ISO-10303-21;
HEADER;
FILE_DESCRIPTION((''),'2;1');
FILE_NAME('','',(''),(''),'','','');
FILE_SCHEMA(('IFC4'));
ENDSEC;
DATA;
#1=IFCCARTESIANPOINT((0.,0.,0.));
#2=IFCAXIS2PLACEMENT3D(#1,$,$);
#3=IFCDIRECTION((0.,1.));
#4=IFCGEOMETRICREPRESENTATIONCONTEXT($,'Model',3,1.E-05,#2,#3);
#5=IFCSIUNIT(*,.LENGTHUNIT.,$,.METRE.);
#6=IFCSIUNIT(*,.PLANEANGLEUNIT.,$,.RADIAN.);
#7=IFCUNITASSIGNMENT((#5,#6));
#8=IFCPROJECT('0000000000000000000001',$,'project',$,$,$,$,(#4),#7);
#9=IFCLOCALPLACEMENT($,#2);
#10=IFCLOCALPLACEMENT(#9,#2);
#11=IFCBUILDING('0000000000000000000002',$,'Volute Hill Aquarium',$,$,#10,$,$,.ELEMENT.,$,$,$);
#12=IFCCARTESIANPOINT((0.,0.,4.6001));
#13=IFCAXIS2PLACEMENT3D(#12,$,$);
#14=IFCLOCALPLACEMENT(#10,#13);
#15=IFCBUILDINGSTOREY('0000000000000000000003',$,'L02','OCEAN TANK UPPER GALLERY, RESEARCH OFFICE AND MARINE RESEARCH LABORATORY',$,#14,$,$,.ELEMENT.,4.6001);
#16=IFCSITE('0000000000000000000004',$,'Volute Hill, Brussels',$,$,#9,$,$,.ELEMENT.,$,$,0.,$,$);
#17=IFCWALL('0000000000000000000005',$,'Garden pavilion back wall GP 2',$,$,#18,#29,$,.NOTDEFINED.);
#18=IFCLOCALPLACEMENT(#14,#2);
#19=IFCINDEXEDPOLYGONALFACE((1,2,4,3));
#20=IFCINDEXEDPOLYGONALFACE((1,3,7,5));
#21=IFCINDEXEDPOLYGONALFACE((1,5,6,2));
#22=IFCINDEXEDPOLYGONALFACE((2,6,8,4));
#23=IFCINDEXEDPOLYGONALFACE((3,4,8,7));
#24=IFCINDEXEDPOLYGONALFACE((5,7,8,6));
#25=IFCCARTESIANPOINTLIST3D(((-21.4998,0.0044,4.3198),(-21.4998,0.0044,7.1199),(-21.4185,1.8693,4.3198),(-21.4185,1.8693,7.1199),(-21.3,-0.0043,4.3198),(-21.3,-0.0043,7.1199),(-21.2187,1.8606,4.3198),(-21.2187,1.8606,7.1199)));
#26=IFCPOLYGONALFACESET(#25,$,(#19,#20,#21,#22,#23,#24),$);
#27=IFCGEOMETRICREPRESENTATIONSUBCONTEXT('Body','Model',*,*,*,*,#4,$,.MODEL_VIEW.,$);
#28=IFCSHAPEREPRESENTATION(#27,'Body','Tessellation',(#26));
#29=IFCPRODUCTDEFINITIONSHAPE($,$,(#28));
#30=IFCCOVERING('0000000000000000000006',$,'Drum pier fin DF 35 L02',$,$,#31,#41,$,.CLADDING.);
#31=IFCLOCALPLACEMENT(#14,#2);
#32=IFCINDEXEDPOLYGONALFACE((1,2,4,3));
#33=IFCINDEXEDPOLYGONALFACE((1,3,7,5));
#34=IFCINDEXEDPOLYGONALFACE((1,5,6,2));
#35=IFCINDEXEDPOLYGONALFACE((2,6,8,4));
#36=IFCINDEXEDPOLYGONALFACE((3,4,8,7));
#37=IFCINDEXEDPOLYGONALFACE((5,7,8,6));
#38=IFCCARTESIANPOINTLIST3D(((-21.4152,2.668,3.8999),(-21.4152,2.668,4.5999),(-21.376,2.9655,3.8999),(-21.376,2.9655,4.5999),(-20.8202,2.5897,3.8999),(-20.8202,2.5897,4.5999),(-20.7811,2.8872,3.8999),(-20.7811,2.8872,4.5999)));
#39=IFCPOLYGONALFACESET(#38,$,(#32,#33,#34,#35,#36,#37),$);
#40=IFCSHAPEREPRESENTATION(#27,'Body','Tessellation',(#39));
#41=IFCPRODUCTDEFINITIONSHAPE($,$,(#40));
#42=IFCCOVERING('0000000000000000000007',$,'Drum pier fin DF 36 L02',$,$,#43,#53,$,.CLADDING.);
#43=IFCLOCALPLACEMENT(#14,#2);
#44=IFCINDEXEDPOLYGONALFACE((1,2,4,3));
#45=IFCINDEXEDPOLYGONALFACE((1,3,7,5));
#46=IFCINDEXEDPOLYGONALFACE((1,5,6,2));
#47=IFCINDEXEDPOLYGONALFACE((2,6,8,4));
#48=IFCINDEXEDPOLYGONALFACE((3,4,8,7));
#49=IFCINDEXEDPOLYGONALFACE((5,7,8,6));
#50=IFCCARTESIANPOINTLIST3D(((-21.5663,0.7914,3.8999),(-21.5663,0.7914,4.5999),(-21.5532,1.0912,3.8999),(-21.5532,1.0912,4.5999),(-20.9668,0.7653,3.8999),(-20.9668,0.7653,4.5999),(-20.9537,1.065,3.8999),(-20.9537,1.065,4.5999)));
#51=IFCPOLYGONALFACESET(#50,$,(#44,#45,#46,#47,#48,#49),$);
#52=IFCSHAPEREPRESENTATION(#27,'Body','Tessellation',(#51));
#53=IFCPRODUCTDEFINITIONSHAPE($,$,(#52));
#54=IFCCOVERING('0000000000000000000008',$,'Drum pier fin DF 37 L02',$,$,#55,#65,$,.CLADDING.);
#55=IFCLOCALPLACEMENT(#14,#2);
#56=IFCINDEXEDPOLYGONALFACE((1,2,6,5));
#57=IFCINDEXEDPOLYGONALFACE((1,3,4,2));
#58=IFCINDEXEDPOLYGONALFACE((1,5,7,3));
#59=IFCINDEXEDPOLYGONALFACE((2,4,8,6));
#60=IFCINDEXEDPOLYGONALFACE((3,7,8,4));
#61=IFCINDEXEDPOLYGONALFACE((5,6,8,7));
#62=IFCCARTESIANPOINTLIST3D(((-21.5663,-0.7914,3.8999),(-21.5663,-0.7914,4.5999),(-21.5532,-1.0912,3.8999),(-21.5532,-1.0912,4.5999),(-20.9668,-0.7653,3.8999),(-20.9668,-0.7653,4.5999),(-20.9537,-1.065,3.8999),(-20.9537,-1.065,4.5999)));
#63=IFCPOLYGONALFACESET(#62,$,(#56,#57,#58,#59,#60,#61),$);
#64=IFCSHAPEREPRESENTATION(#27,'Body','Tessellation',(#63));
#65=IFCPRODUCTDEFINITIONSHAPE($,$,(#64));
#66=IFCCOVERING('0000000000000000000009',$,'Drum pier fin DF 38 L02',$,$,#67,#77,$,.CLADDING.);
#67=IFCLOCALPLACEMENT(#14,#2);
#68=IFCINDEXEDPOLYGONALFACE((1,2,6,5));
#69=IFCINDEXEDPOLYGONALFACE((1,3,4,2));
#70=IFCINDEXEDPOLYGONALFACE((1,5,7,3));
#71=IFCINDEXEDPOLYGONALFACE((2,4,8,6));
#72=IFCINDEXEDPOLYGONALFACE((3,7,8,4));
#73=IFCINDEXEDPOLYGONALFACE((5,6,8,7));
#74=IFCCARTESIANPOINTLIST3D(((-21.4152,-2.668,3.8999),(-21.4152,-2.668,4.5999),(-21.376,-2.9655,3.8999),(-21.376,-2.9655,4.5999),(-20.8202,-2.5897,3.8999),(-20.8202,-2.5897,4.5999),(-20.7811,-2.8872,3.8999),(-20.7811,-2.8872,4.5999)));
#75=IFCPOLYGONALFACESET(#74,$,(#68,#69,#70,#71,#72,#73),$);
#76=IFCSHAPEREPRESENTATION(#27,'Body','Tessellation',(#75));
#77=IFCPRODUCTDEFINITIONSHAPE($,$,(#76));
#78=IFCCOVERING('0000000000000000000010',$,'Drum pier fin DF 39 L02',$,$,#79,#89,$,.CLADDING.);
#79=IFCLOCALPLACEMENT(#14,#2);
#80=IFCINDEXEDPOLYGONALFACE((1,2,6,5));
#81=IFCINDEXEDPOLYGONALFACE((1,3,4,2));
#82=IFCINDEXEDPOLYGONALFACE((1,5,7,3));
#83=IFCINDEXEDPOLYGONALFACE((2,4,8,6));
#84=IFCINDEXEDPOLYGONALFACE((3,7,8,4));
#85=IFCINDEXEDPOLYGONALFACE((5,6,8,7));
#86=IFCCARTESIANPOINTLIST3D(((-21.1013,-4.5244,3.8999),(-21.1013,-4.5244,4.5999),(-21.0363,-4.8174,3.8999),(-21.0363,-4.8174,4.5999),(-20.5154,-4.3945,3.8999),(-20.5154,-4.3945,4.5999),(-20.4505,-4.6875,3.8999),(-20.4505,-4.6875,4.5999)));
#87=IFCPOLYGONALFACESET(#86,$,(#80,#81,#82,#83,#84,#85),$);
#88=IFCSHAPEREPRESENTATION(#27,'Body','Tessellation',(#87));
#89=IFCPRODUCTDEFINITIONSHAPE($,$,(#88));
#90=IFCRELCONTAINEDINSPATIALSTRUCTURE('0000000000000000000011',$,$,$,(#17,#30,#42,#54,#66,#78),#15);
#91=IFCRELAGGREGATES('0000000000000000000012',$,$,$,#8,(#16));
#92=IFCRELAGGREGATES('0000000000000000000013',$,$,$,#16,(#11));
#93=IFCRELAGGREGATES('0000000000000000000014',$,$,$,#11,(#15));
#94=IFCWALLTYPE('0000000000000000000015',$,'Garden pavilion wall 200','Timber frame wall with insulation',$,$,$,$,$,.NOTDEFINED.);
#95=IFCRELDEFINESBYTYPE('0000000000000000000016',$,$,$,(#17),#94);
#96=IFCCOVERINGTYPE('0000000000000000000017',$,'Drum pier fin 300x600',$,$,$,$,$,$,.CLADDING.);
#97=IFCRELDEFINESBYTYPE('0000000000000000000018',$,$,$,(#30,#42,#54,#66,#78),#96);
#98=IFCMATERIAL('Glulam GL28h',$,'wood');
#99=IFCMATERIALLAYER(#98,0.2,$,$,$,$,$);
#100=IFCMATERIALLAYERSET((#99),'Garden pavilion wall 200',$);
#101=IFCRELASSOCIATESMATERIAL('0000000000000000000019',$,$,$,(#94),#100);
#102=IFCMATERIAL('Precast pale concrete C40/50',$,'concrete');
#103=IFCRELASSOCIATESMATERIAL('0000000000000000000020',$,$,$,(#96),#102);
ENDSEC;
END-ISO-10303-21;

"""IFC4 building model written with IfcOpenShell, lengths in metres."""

from ifc_helpers import new_model, si_unit, direction, frame, frame_2d, origin, origin_2d, place, context, subcontext, project, spatial, rectangle, extrude, material, layer, layer_set, type_object, element, save


model = new_model("IFC4")

# Units and contexts
model_context = context("Model", 3, precision=1e-05, world=origin(), true_north=direction((0.0, 1.0)))
body_context = subcontext(model_context, "Body", "Model", "MODEL_VIEW")
ifc_project = project(units=[si_unit("LENGTHUNIT", "METRE"), si_unit("PLANEANGLEUNIT", "RADIAN")], contexts=[model_context])

# Site, building, storey
site_placement = place(None, origin())
site = spatial("IfcSite", under=ifc_project, at=site_placement, Name="Volute Hill, Brussels", CompositionType="ELEMENT", RefElevation=0.0)
building_placement = place(site_placement, origin())
building = spatial("IfcBuilding", under=site, at=building_placement, Name="Volute Hill Aquarium", CompositionType="ELEMENT")
storey_placement = place(building_placement, frame((0.0, 0.0, 4.6001)))
storey = spatial("IfcBuildingStorey", under=building, at=storey_placement, Name="L02", Description="OCEAN TANK UPPER GALLERY, RESEARCH OFFICE AND MARINE RESEARCH LABORATORY", CompositionType="ELEMENT", Elevation=4.6001)

# Wall
ifc_material_1 = material(Name="Glulam GL28h", Category="wood")
ifc_layer_1 = layer(ifc_material_1, 0.2)
ifc_layer_set_1 = layer_set([ifc_layer_1], Name="Garden pavilion wall 200")
wall_type_1 = type_object("IfcWallType", Name="Garden pavilion wall 200", Description="Timber frame wall with insulation", PredefinedType="NOTDEFINED", material=ifc_layer_set_1)
wall_1_placement = place(storey_placement, frame((-21.3186, 1.865, 4.3198), z_axis=(0.0, 0.0, 1.0), x_axis=(-0.043551, -0.999051, 0.0)))
element("IfcWall", 1, at=wall_1_placement, inside=storey, type_object=wall_type_1, Name="Garden pavilion back wall GP 2", PredefinedType="NOTDEFINED", context=body_context, shape_type="SweptSolid", body=[
    extrude(rectangle(XDim=1.8667, YDim=0.2, at=frame_2d((0.9333, 0.0))), origin(), (0.0, 0.0, 1.0), 2.8),
])

# Coverings
ifc_material_2 = material(Name="Precast pale concrete C40/50", Category="concrete")
covering_type = type_object("IfcCoveringType", Name="Drum pier fin 300x600", PredefinedType="CLADDING", material=ifc_material_2)
for number, where, z_axis, x_axis, name in (
    (2, (-21.0981, 2.7776, 3.8999), (0.0, 0.0, 1.0), (-0.130526, -0.991445, 0.0), "Drum pier fin DF 35 L02"),
    (3, (-21.26, 0.9282, 3.8999), (0.0, 0.0, 1.0), (-0.043619, -0.999048, 0.0), "Drum pier fin DF 36 L02"),
    (4, (-21.26, -0.9282, 3.8999), (0.0, 0.0, 1.0), (0.043619, -0.999048, 0.0), "Drum pier fin DF 37 L02"),
    (5, (-21.0981, -2.7776, 3.8999), (0.0, 0.0, 1.0), (0.130526, -0.991445, 0.0), "Drum pier fin DF 38 L02"),
    (6, (-20.7759, -4.606, 3.8999), (0.0, 0.0, 1.0), (0.21644, -0.976296, 0.0), "Drum pier fin DF 39 L02"),
):
    element("IfcCovering", number, at=place(storey_placement, frame(where, z_axis=z_axis, x_axis=x_axis)), inside=storey, type_object=covering_type, Name=name, PredefinedType="CLADDING", context=body_context, shape_type="SweptSolid", body=[
        extrude(rectangle(XDim=0.3, YDim=0.6001, at=origin_2d()), origin(), (0.0, 0.0, 1.0), 0.7),
    ])

save(model, "model.ifc")
